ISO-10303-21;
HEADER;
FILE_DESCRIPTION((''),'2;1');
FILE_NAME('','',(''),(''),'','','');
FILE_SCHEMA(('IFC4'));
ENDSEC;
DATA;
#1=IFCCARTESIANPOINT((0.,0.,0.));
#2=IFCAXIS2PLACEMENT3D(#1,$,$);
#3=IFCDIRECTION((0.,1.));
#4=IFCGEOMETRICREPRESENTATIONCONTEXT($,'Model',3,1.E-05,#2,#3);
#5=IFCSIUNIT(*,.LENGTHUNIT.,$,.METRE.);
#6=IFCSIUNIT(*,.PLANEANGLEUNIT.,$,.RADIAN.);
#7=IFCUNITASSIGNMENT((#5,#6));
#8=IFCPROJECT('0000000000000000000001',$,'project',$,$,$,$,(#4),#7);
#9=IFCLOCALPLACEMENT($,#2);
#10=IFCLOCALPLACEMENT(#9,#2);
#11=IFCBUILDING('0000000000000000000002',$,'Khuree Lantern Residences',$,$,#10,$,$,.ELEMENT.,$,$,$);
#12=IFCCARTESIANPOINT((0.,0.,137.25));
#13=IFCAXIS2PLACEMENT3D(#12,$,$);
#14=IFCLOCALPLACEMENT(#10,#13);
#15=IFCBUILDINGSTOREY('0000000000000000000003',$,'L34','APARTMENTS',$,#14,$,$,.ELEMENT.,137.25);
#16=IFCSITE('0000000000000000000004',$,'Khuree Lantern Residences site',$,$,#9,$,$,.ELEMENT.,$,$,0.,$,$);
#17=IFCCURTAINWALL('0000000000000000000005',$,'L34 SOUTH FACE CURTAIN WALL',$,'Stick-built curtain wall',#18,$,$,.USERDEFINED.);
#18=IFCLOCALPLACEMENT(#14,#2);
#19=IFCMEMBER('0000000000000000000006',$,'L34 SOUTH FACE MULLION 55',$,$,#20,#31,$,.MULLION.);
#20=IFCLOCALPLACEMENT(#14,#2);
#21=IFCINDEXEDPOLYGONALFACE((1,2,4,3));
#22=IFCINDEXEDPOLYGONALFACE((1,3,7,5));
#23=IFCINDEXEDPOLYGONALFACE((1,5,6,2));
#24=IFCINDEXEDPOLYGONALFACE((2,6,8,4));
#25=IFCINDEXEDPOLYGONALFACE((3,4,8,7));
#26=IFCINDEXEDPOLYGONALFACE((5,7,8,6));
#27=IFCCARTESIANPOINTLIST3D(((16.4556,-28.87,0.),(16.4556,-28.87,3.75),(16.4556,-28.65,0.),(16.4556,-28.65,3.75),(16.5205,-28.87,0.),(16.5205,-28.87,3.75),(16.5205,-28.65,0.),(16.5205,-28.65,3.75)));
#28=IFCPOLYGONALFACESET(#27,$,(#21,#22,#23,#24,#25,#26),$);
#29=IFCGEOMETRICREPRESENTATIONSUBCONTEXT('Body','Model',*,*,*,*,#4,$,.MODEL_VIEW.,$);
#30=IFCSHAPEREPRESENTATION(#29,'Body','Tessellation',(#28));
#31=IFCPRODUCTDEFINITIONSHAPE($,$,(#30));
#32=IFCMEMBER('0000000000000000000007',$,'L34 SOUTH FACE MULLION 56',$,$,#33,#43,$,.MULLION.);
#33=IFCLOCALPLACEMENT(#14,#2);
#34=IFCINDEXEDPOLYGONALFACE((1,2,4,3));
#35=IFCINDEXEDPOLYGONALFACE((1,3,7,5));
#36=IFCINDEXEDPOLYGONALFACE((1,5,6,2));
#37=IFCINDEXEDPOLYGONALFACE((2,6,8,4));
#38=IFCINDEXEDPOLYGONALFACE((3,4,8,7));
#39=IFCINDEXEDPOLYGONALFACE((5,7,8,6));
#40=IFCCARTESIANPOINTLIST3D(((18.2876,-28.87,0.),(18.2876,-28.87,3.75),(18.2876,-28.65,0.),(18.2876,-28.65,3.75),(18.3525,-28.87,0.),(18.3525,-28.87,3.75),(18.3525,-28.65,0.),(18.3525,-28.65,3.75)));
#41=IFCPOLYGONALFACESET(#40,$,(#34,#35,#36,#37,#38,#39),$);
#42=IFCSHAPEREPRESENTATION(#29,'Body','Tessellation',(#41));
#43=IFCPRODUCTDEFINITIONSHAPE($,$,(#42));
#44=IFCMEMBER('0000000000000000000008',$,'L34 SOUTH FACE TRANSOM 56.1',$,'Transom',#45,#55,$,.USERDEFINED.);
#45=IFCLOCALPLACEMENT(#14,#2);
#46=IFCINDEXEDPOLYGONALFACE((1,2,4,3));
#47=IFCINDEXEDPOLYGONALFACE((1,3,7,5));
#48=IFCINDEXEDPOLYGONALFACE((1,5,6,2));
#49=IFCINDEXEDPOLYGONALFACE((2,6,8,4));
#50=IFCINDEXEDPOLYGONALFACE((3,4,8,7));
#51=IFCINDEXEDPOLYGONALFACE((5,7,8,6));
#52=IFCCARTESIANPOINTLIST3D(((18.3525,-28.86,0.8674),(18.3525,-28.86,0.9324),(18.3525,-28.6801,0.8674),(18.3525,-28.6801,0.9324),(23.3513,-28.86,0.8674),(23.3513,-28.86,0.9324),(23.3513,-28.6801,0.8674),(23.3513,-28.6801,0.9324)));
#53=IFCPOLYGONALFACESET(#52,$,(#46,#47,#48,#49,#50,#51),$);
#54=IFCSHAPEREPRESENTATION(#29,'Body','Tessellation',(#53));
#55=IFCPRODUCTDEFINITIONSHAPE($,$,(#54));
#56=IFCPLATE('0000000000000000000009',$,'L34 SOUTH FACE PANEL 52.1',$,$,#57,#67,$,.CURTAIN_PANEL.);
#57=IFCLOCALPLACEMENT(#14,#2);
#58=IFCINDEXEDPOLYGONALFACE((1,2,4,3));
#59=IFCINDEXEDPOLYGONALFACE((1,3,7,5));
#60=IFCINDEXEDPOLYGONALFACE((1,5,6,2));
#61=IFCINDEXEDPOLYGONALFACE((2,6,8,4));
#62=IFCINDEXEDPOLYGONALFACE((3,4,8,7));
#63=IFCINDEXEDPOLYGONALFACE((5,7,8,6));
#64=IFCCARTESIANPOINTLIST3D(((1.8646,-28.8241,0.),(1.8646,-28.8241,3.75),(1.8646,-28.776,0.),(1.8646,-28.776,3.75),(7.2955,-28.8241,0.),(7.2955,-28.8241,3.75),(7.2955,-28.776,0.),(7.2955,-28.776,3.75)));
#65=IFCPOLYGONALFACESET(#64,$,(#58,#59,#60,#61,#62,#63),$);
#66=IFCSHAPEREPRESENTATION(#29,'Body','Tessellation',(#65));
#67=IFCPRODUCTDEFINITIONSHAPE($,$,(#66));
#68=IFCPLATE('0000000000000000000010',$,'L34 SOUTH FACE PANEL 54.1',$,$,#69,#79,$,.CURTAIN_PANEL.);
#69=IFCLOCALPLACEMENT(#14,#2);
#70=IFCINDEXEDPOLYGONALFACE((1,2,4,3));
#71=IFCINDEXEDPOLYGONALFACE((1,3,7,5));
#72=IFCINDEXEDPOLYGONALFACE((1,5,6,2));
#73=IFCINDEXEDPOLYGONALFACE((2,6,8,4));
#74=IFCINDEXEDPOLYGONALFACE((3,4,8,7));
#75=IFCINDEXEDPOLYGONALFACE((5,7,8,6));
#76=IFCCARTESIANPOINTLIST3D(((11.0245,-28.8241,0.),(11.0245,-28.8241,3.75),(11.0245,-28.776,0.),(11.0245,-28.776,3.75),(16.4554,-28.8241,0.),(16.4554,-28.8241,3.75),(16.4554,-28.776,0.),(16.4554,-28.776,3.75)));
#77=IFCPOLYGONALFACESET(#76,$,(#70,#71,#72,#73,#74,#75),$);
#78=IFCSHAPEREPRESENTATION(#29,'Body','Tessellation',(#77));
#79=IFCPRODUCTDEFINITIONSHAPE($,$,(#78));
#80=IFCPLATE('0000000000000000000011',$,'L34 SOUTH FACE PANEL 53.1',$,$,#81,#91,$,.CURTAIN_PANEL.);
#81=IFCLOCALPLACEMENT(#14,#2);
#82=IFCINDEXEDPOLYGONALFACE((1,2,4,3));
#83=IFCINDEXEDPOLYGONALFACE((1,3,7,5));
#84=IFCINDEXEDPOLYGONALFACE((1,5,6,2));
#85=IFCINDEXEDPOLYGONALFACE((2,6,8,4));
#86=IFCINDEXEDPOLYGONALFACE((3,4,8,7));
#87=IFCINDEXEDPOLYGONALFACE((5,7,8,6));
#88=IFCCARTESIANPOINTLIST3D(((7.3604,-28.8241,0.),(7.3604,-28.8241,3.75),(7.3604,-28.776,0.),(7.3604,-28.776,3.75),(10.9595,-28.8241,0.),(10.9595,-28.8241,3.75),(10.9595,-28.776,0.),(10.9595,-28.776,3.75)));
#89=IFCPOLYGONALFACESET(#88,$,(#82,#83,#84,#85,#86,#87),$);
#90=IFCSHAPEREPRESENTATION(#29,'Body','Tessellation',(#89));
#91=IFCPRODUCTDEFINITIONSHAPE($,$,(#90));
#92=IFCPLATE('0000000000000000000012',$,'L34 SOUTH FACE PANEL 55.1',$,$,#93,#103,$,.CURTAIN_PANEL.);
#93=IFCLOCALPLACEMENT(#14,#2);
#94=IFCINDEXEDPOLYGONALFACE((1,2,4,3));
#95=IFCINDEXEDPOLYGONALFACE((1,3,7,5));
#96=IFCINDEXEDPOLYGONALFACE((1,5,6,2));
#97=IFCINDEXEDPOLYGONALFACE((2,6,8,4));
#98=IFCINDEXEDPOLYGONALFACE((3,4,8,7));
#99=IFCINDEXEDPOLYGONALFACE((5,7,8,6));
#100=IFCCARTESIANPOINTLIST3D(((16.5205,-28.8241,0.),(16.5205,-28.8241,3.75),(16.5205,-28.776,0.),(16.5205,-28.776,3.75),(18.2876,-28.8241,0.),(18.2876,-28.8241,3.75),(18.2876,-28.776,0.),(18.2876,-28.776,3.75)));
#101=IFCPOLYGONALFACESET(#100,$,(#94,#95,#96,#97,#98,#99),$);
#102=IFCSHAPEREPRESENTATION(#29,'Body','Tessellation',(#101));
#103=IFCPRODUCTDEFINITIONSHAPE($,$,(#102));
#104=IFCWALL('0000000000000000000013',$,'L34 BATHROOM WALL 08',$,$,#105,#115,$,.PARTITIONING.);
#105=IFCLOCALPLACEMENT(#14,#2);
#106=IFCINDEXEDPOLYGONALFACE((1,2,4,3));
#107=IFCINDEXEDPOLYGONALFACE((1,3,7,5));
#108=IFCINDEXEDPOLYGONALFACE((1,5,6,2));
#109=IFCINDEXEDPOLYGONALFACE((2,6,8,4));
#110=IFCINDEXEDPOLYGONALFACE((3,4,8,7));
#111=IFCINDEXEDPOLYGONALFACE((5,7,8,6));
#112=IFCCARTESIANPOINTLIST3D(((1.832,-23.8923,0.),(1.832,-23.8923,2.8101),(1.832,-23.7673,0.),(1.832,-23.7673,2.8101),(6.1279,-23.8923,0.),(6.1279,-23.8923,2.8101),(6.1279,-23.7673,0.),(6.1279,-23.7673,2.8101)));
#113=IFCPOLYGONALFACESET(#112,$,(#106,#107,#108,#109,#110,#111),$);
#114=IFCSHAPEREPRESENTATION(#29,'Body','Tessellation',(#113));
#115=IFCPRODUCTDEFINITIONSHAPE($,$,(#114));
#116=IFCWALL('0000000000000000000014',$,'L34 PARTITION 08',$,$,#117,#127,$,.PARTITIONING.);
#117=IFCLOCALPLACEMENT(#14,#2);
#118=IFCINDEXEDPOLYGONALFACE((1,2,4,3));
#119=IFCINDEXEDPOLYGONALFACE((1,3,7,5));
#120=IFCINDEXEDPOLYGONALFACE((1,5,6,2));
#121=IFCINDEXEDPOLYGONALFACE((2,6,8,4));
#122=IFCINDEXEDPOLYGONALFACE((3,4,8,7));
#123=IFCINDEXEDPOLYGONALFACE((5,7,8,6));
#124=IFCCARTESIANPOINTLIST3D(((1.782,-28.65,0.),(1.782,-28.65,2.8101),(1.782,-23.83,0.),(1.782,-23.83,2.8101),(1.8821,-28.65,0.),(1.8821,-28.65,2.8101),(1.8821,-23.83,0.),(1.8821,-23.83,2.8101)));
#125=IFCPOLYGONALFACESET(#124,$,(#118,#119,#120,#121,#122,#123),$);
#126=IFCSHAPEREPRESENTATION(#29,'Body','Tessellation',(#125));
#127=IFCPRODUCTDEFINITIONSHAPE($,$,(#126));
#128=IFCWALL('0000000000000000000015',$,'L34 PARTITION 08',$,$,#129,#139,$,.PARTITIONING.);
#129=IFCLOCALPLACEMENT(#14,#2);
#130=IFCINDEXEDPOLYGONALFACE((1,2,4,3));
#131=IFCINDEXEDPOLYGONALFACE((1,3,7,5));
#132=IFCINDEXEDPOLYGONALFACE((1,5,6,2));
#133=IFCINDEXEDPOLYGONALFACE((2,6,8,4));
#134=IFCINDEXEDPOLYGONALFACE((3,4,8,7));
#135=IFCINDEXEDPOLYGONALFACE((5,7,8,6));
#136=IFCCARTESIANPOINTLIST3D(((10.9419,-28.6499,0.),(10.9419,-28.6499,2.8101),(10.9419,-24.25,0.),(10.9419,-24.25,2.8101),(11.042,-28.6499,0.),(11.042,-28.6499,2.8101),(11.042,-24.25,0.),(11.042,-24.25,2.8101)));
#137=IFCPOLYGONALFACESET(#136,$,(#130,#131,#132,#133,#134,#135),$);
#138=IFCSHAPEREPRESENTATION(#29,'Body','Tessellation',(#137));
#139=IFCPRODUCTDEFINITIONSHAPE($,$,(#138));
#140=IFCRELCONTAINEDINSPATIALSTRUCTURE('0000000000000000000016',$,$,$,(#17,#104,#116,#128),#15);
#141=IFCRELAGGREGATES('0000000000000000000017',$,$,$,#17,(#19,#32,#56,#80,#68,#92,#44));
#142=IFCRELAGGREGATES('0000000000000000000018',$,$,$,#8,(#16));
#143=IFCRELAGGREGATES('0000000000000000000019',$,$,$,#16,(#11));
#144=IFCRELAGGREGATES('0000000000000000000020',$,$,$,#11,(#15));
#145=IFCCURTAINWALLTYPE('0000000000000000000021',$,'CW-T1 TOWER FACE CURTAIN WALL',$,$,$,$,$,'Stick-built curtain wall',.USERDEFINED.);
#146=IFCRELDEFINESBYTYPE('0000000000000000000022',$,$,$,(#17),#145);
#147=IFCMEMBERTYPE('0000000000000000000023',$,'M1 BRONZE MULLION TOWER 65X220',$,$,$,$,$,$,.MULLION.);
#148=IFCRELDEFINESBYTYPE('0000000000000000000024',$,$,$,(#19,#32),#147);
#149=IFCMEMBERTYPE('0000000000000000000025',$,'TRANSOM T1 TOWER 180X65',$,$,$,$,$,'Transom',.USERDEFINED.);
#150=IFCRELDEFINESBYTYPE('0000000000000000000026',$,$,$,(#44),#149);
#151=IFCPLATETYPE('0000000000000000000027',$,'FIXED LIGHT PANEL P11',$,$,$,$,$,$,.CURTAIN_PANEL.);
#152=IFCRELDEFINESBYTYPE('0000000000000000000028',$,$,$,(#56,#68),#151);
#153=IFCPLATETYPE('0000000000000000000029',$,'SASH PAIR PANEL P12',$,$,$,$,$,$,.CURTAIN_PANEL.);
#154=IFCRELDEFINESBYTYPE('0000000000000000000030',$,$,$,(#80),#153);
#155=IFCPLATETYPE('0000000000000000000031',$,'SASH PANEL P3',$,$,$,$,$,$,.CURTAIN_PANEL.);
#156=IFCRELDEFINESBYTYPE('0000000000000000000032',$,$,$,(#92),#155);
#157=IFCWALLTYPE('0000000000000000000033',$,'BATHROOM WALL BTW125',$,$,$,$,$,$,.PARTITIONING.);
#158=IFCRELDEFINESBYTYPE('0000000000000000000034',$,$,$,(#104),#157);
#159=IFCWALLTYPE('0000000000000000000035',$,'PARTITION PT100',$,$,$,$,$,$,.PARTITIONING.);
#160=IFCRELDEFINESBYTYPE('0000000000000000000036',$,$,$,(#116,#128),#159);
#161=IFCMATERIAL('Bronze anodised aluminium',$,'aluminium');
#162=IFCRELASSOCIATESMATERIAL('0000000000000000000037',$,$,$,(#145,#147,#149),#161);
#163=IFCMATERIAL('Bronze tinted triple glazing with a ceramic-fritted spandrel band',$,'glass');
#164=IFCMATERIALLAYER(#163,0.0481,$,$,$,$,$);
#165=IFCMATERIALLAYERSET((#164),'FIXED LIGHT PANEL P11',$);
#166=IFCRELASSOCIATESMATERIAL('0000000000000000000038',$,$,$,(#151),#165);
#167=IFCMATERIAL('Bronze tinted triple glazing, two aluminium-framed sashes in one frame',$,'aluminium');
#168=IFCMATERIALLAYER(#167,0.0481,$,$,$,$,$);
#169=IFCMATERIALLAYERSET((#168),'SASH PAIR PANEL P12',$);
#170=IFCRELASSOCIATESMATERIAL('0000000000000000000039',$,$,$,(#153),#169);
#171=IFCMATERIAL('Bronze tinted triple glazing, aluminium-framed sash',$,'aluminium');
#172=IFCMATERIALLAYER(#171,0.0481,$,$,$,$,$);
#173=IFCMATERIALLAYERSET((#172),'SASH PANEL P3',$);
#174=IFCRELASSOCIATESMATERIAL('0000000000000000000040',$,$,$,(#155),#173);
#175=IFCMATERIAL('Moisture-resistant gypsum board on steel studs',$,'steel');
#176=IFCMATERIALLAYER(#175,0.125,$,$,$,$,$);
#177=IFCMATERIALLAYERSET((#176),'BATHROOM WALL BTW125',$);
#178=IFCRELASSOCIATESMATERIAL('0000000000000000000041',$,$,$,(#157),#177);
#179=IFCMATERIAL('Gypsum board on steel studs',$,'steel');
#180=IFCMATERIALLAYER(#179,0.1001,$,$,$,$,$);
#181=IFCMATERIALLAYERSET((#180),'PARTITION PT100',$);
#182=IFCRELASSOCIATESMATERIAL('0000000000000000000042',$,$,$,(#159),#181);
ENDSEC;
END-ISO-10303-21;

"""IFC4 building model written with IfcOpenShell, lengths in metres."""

from ifc_helpers import new_model, si_unit, direction, frame, frame_2d, origin, origin_2d, place, context, subcontext, project, spatial, rectangle, extrude, material, layer, layer_set, material_profile, profile_set, type_object, element, aggregate, save


model = new_model("IFC4")

# Units and contexts
model_context = context("Model", 3, precision=1e-05, world=origin(), true_north=direction((0.0, 1.0)))
body_context = subcontext(model_context, "Body", "Model", "MODEL_VIEW")
ifc_project = project(units=[si_unit("LENGTHUNIT", "METRE"), si_unit("PLANEANGLEUNIT", "RADIAN")], contexts=[model_context])

# Site, building, storey
site_placement = place(None, origin())
site = spatial("IfcSite", under=ifc_project, at=site_placement, Name="Khuree Lantern Residences site", CompositionType="ELEMENT", RefElevation=0.0)
building_placement = place(site_placement, origin())
building = spatial("IfcBuilding", under=site, at=building_placement, Name="Khuree Lantern Residences", CompositionType="ELEMENT")
storey_placement = place(building_placement, frame((0.0, 0.0, 137.25)))
storey = spatial("IfcBuildingStorey", under=building, at=storey_placement, Name="L34", Description="APARTMENTS", CompositionType="ELEMENT", Elevation=137.25)

# Curtain wall
ifc_material_1 = material(Name="Bronze anodised aluminium", Category="aluminium")
curtain_wall_type = type_object("IfcCurtainWallType", Name="CW-T1 TOWER FACE CURTAIN WALL", ElementType="Stick-built curtain wall", PredefinedType="USERDEFINED", material=ifc_material_1)
curtain_wall_placement = place(storey_placement, origin())
curtain_wall = element("IfcCurtainWall", 1, at=curtain_wall_placement, inside=storey, type_object=curtain_wall_type, Name="L34 SOUTH FACE CURTAIN WALL", ObjectType="Stick-built curtain wall", PredefinedType="USERDEFINED")

# Members
ifc_material_profile_1 = material_profile(ifc_material_1, rectangle(XDim=0.0649, YDim=0.22, at=origin_2d()), Name="M1 65X220")
ifc_profile_set_1 = profile_set([ifc_material_profile_1], Name="Bronze anodised aluminium")
member_type_1 = type_object("IfcMemberType", Name="M1 BRONZE MULLION TOWER 65X220", PredefinedType="MULLION", material=ifc_profile_set_1)
member_1_placement = place(storey_placement, frame((16.488, -28.76, 0.0), z_axis=(0.0, 0.0, 1.0), x_axis=(1.0, 0.0, 0.0)))
member_1 = element("IfcMember", 2, at=member_1_placement, type_object=member_type_1, Name="L34 SOUTH FACE MULLION 55", PredefinedType="MULLION", context=body_context, shape_type="SweptSolid", body=[
    extrude(rectangle(XDim=0.0649, YDim=0.22, at=origin_2d()), origin(), (0.0, 0.0, 1.0), 3.75),
])
member_2_placement = place(storey_placement, frame((18.3201, -28.76, 0.0), z_axis=(0.0, 0.0, 1.0), x_axis=(1.0, 0.0, 0.0)))
member_2 = element("IfcMember", 3, at=member_2_placement, type_object=member_type_1, Name="L34 SOUTH FACE MULLION 56", PredefinedType="MULLION", context=body_context, shape_type="SweptSolid", body=[
    extrude(rectangle(XDim=0.0649, YDim=0.22, at=origin_2d()), origin(), (0.0, 0.0, 1.0), 3.75),
])
ifc_material_profile_2 = material_profile(ifc_material_1, rectangle(XDim=0.1799, YDim=0.0649, at=origin_2d()), Name="T1 180X65")
ifc_profile_set_2 = profile_set([ifc_material_profile_2], Name="Bronze anodised aluminium")
member_type_2 = type_object("IfcMemberType", Name="TRANSOM T1 TOWER 180X65", ElementType="Transom", PredefinedType="USERDEFINED", material=ifc_profile_set_2)
member_3_placement = place(storey_placement, frame((18.3525, -28.77, 0.8999), z_axis=(1.0, 0.0, 0.0), x_axis=(0.0, 1.0, 0.0)))
member_3 = element("IfcMember", 4, at=member_3_placement, type_object=member_type_2, Name="L34 SOUTH FACE TRANSOM 56.1", ObjectType="Transom", PredefinedType="USERDEFINED", context=body_context, shape_type="SweptSolid", body=[
    extrude(rectangle(XDim=0.1799, YDim=0.0649, at=origin_2d()), origin(), (0.0, 0.0, 1.0), 4.9988),
])

# Plates
ifc_material_2 = material(Name="Bronze tinted triple glazing with a ceramic-fritted spandrel band", Category="glass")
ifc_layer_1 = layer(ifc_material_2, 0.0481)
ifc_layer_set_1 = layer_set([ifc_layer_1], Name="FIXED LIGHT PANEL P11")
plate_type_1 = type_object("IfcPlateType", Name="FIXED LIGHT PANEL P11", PredefinedType="CURTAIN_PANEL", material=ifc_layer_set_1)
plate_1_placement = place(storey_placement, frame((4.5801, -28.8, 0.0), z_axis=(0.0, 0.0, 1.0), x_axis=(1.0, 0.0, 0.0)))
plate_1 = element("IfcPlate", 5, at=plate_1_placement, type_object=plate_type_1, Name="L34 SOUTH FACE PANEL 52.1", PredefinedType="CURTAIN_PANEL", context=body_context, shape_type="SweptSolid", body=[
    extrude(rectangle(XDim=5.4309, YDim=0.0481, at=origin_2d()), origin(), (0.0, 0.0, 1.0), 3.75),
])
plate_2_placement = place(storey_placement, frame((13.74, -28.8, 0.0), z_axis=(0.0, 0.0, 1.0), x_axis=(1.0, 0.0, 0.0)))
plate_2 = element("IfcPlate", 6, at=plate_2_placement, type_object=plate_type_1, Name="L34 SOUTH FACE PANEL 54.1", PredefinedType="CURTAIN_PANEL", context=body_context, shape_type="SweptSolid", body=[
    extrude(rectangle(XDim=5.4309, YDim=0.0481, at=origin_2d()), origin(), (0.0, 0.0, 1.0), 3.75),
])
ifc_material_3 = material(Name="Bronze tinted triple glazing, two aluminium-framed sashes in one frame", Category="aluminium")
ifc_layer_2 = layer(ifc_material_3, 0.0481)
ifc_layer_set_2 = layer_set([ifc_layer_2], Name="SASH PAIR PANEL P12")
plate_type_2 = type_object("IfcPlateType", Name="SASH PAIR PANEL P12", PredefinedType="CURTAIN_PANEL", material=ifc_layer_set_2)
plate_3_placement = place(storey_placement, frame((9.1599, -28.8, 0.0), z_axis=(0.0, 0.0, 1.0), x_axis=(1.0, 0.0, 0.0)))
plate_3 = element("IfcPlate", 7, at=plate_3_placement, type_object=plate_type_2, Name="L34 SOUTH FACE PANEL 53.1", PredefinedType="CURTAIN_PANEL", context=body_context, shape_type="SweptSolid", body=[
    extrude(rectangle(XDim=3.5991, YDim=0.0481, at=origin_2d()), origin(), (0.0, 0.0, 1.0), 3.75),
])
ifc_material_4 = material(Name="Bronze tinted triple glazing, aluminium-framed sash", Category="aluminium")
ifc_layer_3 = layer(ifc_material_4, 0.0481)
ifc_layer_set_3 = layer_set([ifc_layer_3], Name="SASH PANEL P3")
plate_type_3 = type_object("IfcPlateType", Name="SASH PANEL P3", PredefinedType="CURTAIN_PANEL", material=ifc_layer_set_3)
plate_4_placement = place(storey_placement, frame((17.4041, -28.8, 0.0), z_axis=(0.0, 0.0, 1.0), x_axis=(1.0, 0.0, 0.0)))
plate_4 = element("IfcPlate", 8, at=plate_4_placement, type_object=plate_type_3, Name="L34 SOUTH FACE PANEL 55.1", PredefinedType="CURTAIN_PANEL", context=body_context, shape_type="SweptSolid", body=[
    extrude(rectangle(XDim=1.7671, YDim=0.0481, at=origin_2d()), origin(), (0.0, 0.0, 1.0), 3.75),
])
aggregate(curtain_wall, [member_1, member_2, plate_1, plate_3, plate_2, plate_4, member_3])

# Walls
ifc_material_5 = material(Name="Moisture-resistant gypsum board on steel studs", Category="steel")
ifc_layer_4 = layer(ifc_material_5, 0.125)
ifc_layer_set_4 = layer_set([ifc_layer_4], Name="BATHROOM WALL BTW125")
wall_type_1 = type_object("IfcWallType", Name="BATHROOM WALL BTW125", PredefinedType="PARTITIONING", material=ifc_layer_set_4)
wall_1_placement = place(storey_placement, frame((1.832, -23.8298, 0.0), z_axis=(0.0, 0.0, 1.0), x_axis=(1.0, 0.0, 0.0)))
element("IfcWall", 9, at=wall_1_placement, inside=storey, type_object=wall_type_1, Name="L34 BATHROOM WALL 08", PredefinedType="PARTITIONING", context=body_context, shape_type="SweptSolid", body=[
    extrude(rectangle(XDim=4.2959, YDim=0.125, at=frame_2d((2.1479, 0.0))), origin(), (0.0, 0.0, 1.0), 2.8101),
])
ifc_material_6 = material(Name="Gypsum board on steel studs", Category="steel")
ifc_layer_5 = layer(ifc_material_6, 0.1001)
ifc_layer_set_5 = layer_set([ifc_layer_5], Name="PARTITION PT100")
wall_type_2 = type_object("IfcWallType", Name="PARTITION PT100", PredefinedType="PARTITIONING", material=ifc_layer_set_5)
wall_2_placement = place(storey_placement, frame((1.832, -23.8298, 0.0), z_axis=(0.0, 0.0, 1.0), x_axis=(0.0, -1.0, 0.0)))
element("IfcWall", 10, at=wall_2_placement, inside=storey, type_object=wall_type_2, Name="L34 PARTITION 08", PredefinedType="PARTITIONING", context=body_context, shape_type="SweptSolid", body=[
    extrude(rectangle(XDim=4.8201, YDim=0.1001, at=frame_2d((2.4102, 0.0))), origin(), (0.0, 0.0, 1.0), 2.8101),
])
wall_3_placement = place(storey_placement, frame((10.9919, -24.25, 0.0), z_axis=(0.0, 0.0, 1.0), x_axis=(0.0, -1.0, 0.0)))
element("IfcWall", 11, at=wall_3_placement, inside=storey, type_object=wall_type_2, Name="L34 PARTITION 08", PredefinedType="PARTITIONING", context=body_context, shape_type="SweptSolid", body=[
    extrude(rectangle(XDim=4.3999, YDim=0.1001, at=frame_2d((2.2, 0.0))), origin(), (0.0, 0.0, 1.0), 2.8101),
])

save(model, "model.ifc")
